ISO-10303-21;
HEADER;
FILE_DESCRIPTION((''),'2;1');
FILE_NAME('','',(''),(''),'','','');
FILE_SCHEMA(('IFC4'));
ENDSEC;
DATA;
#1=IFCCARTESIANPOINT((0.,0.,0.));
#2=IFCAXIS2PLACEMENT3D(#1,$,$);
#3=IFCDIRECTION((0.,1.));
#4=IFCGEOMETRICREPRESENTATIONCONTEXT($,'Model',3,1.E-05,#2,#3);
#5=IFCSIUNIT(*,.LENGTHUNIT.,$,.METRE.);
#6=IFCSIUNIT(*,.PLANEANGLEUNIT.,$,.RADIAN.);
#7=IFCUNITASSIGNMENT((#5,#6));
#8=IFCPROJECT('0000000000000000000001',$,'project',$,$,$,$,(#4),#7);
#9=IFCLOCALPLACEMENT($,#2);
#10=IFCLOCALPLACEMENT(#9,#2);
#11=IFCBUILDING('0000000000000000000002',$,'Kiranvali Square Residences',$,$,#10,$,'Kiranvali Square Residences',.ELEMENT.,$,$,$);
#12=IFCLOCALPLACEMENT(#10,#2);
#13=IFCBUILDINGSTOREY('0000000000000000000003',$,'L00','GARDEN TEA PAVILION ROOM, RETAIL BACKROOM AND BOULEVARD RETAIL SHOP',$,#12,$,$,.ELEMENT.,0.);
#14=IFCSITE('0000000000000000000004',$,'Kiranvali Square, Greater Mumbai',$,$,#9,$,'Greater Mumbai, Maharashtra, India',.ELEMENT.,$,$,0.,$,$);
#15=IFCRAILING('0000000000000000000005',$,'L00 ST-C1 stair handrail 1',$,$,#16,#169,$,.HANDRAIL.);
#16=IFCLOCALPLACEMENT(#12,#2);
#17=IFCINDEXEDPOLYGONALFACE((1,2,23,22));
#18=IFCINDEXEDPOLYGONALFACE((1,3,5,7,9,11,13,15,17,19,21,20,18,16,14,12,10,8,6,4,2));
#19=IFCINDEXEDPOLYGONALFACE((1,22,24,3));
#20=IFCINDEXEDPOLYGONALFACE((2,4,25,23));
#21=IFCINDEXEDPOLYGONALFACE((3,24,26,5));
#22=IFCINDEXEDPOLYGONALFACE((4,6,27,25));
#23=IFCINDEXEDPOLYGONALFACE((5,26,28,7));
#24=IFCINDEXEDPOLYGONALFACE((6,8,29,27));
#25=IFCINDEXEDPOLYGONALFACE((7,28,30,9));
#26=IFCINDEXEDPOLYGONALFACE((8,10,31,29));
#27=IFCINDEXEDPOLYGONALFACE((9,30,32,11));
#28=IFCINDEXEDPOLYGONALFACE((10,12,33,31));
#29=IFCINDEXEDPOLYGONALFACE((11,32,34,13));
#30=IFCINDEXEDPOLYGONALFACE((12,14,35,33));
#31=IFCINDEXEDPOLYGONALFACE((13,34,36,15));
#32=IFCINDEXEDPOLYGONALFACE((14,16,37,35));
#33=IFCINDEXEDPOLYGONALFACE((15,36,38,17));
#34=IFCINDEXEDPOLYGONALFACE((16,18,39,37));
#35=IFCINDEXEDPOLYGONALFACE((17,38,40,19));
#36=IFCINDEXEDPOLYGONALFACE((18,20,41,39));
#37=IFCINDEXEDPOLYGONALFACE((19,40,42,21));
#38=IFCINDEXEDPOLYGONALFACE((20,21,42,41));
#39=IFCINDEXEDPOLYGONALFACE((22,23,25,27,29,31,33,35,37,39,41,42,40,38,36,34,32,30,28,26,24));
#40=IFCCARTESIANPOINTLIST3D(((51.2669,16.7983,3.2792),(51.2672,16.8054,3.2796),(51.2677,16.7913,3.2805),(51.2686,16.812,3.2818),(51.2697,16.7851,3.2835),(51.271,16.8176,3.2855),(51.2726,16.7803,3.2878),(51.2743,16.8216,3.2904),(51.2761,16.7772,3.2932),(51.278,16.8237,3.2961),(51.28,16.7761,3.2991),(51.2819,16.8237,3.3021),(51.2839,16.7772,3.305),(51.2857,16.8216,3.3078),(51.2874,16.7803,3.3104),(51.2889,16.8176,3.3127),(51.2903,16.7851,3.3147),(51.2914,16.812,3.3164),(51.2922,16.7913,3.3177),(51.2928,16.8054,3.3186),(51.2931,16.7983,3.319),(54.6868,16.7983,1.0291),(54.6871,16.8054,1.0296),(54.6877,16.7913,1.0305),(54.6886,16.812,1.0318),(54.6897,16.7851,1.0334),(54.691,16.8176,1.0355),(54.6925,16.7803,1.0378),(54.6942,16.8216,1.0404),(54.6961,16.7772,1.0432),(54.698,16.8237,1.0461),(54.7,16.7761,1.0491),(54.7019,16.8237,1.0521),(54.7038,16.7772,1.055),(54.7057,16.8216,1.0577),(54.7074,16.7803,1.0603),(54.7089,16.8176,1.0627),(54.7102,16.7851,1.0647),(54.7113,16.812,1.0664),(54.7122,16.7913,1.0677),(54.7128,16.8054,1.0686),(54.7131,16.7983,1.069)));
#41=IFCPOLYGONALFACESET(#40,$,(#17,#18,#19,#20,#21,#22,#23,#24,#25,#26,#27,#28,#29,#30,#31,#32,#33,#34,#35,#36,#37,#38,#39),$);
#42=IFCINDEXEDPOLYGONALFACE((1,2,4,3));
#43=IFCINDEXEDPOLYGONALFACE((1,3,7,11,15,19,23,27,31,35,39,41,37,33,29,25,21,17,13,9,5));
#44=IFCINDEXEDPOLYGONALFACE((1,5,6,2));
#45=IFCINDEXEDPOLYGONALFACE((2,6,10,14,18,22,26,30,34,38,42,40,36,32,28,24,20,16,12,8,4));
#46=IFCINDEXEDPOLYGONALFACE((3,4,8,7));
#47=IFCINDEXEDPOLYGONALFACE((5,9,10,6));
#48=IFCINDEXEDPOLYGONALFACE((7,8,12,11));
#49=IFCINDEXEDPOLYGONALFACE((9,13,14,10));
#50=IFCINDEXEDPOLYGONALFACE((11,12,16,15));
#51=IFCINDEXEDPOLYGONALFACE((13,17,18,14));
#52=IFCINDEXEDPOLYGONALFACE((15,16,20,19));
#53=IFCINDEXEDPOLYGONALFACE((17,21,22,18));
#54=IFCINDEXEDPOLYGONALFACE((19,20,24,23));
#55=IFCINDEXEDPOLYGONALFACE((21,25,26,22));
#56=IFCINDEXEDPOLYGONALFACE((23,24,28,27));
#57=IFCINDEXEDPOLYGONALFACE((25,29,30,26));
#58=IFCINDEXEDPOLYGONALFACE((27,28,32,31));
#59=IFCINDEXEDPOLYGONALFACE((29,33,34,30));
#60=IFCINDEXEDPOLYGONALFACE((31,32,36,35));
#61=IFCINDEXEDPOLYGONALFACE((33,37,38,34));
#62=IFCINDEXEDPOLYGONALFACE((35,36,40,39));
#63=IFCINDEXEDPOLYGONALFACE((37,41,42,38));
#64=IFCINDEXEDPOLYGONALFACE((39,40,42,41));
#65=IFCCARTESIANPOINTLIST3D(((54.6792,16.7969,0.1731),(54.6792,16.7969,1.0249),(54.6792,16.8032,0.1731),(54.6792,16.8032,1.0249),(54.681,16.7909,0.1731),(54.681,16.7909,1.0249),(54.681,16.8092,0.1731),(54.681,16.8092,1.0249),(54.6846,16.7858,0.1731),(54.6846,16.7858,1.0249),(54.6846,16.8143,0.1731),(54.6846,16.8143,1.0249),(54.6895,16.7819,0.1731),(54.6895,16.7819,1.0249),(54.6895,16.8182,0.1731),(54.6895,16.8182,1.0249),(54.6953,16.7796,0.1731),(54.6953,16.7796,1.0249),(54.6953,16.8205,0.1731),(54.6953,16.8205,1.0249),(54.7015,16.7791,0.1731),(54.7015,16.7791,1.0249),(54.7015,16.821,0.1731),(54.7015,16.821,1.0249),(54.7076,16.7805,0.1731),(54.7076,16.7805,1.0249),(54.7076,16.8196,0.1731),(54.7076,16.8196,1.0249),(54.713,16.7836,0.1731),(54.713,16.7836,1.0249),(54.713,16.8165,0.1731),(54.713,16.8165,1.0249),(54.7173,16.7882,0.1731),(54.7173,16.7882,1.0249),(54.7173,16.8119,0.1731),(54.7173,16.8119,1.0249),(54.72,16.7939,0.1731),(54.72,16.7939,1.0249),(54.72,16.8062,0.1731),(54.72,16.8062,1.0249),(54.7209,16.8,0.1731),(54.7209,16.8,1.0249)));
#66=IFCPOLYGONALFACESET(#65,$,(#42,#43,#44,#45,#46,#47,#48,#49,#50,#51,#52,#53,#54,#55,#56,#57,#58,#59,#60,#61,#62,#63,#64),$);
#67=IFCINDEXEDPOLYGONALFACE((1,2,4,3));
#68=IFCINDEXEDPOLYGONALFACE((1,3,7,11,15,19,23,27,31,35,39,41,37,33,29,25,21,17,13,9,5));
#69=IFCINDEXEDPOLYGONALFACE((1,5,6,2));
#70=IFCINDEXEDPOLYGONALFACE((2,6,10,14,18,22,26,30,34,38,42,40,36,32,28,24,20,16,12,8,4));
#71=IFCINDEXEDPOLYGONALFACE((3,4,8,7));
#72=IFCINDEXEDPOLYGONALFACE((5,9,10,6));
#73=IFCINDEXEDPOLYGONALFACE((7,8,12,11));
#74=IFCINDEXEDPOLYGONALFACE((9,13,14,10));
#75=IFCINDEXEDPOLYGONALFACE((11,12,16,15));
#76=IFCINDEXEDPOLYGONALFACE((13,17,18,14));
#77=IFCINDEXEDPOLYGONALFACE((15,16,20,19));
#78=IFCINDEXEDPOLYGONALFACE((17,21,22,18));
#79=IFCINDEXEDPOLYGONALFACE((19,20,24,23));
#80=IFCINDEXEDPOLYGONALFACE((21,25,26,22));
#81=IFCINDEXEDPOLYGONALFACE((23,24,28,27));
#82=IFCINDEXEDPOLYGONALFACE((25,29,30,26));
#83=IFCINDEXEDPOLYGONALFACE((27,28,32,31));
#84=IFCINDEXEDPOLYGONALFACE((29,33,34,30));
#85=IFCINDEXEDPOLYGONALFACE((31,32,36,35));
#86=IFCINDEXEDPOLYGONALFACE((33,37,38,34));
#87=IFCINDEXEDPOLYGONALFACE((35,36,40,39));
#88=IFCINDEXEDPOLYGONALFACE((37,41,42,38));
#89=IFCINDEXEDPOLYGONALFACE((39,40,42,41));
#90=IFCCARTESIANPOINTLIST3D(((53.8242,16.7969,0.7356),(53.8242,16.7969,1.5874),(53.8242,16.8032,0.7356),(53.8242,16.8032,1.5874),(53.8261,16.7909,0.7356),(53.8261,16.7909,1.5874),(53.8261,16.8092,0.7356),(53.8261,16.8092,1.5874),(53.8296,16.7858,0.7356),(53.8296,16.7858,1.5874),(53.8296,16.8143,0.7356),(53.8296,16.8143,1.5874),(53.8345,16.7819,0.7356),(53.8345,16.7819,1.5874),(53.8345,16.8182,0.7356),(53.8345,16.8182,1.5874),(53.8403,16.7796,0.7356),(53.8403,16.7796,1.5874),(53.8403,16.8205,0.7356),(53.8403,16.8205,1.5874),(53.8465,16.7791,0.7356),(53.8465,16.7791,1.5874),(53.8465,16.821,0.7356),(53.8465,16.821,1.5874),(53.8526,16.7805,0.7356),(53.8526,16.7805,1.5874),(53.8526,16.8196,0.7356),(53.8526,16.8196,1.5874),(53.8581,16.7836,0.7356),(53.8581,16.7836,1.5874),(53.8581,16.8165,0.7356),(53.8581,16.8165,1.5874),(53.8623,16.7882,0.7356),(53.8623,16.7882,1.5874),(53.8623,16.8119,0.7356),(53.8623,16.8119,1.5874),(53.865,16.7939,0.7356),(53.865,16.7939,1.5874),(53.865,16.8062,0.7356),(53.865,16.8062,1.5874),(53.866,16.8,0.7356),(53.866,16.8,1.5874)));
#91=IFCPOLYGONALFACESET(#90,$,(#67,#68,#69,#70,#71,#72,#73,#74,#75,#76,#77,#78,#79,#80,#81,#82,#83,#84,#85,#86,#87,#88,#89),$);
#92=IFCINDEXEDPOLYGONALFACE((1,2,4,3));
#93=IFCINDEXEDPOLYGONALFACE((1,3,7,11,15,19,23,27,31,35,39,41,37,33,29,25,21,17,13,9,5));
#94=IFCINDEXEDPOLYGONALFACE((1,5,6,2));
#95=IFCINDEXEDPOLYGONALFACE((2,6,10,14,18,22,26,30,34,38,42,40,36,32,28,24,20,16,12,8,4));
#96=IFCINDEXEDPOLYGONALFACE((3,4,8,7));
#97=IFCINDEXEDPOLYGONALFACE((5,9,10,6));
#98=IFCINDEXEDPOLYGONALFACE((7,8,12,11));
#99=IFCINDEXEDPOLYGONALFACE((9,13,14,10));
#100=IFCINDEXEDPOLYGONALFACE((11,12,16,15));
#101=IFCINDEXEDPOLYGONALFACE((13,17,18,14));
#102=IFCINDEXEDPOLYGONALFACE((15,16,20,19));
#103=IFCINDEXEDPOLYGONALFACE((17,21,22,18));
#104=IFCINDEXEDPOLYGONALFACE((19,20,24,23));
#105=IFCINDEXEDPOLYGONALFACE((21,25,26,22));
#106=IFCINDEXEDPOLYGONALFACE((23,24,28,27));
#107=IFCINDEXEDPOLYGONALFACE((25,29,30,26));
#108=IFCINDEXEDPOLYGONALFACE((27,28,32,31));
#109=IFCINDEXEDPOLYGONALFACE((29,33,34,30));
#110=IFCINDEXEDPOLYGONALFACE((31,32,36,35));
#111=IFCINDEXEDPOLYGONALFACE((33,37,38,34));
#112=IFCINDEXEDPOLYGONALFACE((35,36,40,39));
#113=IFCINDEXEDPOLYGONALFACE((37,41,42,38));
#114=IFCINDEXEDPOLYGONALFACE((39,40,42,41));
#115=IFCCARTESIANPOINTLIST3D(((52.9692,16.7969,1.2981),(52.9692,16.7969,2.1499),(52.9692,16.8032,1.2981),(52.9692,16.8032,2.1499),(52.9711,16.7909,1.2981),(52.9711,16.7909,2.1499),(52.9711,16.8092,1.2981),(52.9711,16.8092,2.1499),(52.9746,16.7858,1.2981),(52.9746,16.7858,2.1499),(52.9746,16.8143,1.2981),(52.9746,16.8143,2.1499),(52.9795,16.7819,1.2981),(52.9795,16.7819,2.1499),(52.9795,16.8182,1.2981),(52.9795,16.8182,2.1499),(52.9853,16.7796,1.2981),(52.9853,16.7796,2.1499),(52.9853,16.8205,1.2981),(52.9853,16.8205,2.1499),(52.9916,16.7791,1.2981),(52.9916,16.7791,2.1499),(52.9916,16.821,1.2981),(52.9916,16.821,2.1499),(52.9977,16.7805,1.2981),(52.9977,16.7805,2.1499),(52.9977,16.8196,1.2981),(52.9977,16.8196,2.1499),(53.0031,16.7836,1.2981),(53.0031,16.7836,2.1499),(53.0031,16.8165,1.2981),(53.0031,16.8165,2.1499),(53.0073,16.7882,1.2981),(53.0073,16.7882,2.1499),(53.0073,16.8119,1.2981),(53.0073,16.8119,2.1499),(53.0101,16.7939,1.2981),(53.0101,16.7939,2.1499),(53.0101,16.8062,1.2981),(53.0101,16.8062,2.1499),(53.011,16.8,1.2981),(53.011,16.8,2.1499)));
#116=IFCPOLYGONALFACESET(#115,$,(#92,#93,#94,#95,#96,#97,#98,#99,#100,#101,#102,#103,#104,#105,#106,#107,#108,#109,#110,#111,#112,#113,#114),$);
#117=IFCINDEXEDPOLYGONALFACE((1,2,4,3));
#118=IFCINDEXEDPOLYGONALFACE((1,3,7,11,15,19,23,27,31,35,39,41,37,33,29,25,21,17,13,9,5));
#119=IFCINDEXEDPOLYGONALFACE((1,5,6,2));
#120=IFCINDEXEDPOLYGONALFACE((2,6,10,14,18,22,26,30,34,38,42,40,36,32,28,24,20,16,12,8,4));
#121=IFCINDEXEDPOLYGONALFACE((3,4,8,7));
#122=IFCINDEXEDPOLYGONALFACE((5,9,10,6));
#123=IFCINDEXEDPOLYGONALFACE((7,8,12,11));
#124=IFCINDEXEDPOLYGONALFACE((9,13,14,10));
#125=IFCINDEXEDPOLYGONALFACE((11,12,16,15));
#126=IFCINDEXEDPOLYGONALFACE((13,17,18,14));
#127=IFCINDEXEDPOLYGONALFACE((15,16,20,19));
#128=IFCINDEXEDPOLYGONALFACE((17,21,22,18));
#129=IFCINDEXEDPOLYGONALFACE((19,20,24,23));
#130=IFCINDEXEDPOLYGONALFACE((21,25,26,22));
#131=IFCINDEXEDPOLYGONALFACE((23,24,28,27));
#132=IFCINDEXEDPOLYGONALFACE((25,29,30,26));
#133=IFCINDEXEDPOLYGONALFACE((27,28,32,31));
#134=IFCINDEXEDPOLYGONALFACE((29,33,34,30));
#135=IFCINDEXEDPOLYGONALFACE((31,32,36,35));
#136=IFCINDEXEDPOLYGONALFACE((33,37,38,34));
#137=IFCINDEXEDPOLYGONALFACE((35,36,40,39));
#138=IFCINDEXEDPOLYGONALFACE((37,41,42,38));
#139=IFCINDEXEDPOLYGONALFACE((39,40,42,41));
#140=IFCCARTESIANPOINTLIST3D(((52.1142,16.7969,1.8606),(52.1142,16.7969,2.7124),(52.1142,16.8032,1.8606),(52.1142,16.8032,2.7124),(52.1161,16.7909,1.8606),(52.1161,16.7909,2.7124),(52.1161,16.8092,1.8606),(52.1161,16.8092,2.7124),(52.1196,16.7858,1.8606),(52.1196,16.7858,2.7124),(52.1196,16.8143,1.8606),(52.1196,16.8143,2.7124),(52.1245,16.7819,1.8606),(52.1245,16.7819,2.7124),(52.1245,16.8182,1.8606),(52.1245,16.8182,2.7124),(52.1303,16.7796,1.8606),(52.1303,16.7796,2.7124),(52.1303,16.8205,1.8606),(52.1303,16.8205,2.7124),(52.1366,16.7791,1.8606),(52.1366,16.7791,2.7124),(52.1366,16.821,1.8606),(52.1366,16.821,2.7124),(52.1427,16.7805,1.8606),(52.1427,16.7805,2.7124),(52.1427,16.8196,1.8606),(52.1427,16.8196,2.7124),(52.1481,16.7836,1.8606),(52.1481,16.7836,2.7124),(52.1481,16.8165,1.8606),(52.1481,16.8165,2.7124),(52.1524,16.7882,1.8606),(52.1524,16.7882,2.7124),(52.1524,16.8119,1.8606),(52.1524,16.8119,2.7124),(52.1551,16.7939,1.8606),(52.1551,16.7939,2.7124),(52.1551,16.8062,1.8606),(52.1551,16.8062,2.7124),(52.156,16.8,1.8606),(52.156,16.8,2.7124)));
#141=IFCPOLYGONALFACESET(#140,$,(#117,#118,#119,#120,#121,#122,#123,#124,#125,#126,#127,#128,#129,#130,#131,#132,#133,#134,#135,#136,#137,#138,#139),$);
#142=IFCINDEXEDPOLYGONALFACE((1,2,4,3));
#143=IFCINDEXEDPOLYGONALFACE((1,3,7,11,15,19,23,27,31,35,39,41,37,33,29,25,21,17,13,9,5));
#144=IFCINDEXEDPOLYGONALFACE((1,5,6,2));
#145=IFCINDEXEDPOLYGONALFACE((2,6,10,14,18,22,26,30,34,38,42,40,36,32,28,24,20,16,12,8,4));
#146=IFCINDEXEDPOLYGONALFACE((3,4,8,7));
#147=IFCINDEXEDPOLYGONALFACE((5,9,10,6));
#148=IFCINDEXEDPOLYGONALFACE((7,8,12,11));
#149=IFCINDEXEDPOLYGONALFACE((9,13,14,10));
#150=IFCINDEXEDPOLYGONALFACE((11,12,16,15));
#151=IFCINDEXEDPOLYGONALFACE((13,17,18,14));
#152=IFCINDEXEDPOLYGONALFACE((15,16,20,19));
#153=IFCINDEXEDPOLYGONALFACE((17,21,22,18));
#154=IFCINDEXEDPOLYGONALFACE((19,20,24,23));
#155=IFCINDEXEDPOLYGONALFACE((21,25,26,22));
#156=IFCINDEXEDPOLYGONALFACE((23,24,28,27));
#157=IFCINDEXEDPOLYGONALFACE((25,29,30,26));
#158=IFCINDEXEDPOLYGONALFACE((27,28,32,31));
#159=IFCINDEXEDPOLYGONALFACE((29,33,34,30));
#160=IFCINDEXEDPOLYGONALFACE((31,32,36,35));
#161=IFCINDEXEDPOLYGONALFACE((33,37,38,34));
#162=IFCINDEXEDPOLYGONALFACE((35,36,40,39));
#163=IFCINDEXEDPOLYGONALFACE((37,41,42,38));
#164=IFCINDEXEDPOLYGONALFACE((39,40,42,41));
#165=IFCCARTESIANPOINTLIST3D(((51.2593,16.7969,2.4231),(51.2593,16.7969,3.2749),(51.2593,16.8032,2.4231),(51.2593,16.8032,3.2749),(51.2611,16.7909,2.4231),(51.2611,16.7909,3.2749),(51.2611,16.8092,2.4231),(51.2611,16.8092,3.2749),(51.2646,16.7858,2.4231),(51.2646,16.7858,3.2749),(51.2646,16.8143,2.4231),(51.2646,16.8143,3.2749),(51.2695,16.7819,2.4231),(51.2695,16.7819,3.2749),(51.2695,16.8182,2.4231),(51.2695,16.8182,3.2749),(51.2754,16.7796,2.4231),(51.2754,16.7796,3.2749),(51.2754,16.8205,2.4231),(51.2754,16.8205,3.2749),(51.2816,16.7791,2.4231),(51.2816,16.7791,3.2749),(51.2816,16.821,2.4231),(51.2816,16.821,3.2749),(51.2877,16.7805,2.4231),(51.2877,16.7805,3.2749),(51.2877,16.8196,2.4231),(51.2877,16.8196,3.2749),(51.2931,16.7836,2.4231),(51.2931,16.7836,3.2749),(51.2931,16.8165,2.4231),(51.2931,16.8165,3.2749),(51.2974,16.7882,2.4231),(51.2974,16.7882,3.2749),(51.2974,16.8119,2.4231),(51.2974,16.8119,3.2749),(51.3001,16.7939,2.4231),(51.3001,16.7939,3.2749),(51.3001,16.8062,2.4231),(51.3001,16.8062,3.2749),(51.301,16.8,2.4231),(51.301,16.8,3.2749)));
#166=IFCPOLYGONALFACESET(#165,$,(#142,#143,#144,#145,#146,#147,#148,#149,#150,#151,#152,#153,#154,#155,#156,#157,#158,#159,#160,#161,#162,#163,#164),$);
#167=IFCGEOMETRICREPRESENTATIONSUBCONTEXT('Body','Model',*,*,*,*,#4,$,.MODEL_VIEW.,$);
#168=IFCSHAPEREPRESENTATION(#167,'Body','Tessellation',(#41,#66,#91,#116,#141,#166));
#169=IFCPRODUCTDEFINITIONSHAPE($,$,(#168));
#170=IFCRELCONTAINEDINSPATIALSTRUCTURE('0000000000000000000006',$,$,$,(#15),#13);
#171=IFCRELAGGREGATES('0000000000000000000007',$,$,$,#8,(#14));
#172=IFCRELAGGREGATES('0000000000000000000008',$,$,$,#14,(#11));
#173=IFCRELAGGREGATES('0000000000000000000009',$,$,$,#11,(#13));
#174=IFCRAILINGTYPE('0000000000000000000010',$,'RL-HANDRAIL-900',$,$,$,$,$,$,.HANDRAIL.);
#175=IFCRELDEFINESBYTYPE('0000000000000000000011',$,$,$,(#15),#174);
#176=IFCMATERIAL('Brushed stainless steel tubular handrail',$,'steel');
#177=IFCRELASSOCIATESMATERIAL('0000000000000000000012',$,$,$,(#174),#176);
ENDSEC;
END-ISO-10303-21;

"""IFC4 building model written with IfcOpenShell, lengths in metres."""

from ifc_helpers import new_model, si_unit, direction, frame, origin, origin_2d, place, context, subcontext, project, spatial, circle, extrude, material, type_object, element, save


model = new_model("IFC4")

# Units and contexts
model_context = context("Model", 3, precision=1e-05, world=origin(), true_north=direction((0.0, 1.0)))
body_context = subcontext(model_context, "Body", "Model", "MODEL_VIEW")
ifc_project = project(units=[si_unit("LENGTHUNIT", "METRE"), si_unit("PLANEANGLEUNIT", "RADIAN")], contexts=[model_context])

# Site, building, storey
site_placement = place(None, origin())
site = spatial("IfcSite", under=ifc_project, at=site_placement, Name="Kiranvali Square, Greater Mumbai", LongName="Greater Mumbai, Maharashtra, India", CompositionType="ELEMENT", RefElevation=0.0)
building_placement = place(site_placement, origin())
building = spatial("IfcBuilding", under=site, at=building_placement, Name="Kiranvali Square Residences", LongName="Kiranvali Square Residences", CompositionType="ELEMENT")
storey_placement = place(building_placement, origin())
storey = spatial("IfcBuildingStorey", under=building, at=storey_placement, Name="L00", Description="GARDEN TEA PAVILION ROOM, RETAIL BACKROOM AND BOULEVARD RETAIL SHOP", CompositionType="ELEMENT", Elevation=0.0)

# Railing
ifc_material_1 = material(Name="Brushed stainless steel tubular handrail", Category="steel")
railing_type_1 = type_object("IfcRailingType", Name="RL-HANDRAIL-900", PredefinedType="HANDRAIL", material=ifc_material_1)
railing_1_placement = place(storey_placement, frame((54.7, 16.8, 0.1731)))
element("IfcRailing", 1, at=railing_1_placement, inside=storey, type_object=railing_type_1, Name="L00 ST-C1 stair handrail 1", PredefinedType="HANDRAIL", context=body_context, shape_type="SweptSolid", body=[
    extrude(circle(Radius=0.0239, at=origin_2d()), frame((0.0, 0.0, 0.876), z_axis=(-0.835411, 0.0, 0.549625), x_axis=(0.0, -1.0, 0.0)), (0.0, 0.0, 1.0), 4.0938),
    extrude(circle(Radius=0.021, at=origin_2d()), origin(), (0.0, 0.0, 1.0), 0.8518),
    extrude(circle(Radius=0.021, at=origin_2d()), frame((-0.855, 0.0, 0.5625)), (0.0, 0.0, 1.0), 0.8518),
    extrude(circle(Radius=0.021, at=origin_2d()), frame((-1.71, 0.0, 1.125)), (0.0, 0.0, 1.0), 0.8518),
    extrude(circle(Radius=0.021, at=origin_2d()), frame((-2.5649, 0.0, 1.6875)), (0.0, 0.0, 1.0), 0.8518),
    extrude(circle(Radius=0.021, at=origin_2d()), frame((-3.4199, 0.0, 2.25)), (0.0, 0.0, 1.0), 0.8518),
])

save(model, "model.ifc")
